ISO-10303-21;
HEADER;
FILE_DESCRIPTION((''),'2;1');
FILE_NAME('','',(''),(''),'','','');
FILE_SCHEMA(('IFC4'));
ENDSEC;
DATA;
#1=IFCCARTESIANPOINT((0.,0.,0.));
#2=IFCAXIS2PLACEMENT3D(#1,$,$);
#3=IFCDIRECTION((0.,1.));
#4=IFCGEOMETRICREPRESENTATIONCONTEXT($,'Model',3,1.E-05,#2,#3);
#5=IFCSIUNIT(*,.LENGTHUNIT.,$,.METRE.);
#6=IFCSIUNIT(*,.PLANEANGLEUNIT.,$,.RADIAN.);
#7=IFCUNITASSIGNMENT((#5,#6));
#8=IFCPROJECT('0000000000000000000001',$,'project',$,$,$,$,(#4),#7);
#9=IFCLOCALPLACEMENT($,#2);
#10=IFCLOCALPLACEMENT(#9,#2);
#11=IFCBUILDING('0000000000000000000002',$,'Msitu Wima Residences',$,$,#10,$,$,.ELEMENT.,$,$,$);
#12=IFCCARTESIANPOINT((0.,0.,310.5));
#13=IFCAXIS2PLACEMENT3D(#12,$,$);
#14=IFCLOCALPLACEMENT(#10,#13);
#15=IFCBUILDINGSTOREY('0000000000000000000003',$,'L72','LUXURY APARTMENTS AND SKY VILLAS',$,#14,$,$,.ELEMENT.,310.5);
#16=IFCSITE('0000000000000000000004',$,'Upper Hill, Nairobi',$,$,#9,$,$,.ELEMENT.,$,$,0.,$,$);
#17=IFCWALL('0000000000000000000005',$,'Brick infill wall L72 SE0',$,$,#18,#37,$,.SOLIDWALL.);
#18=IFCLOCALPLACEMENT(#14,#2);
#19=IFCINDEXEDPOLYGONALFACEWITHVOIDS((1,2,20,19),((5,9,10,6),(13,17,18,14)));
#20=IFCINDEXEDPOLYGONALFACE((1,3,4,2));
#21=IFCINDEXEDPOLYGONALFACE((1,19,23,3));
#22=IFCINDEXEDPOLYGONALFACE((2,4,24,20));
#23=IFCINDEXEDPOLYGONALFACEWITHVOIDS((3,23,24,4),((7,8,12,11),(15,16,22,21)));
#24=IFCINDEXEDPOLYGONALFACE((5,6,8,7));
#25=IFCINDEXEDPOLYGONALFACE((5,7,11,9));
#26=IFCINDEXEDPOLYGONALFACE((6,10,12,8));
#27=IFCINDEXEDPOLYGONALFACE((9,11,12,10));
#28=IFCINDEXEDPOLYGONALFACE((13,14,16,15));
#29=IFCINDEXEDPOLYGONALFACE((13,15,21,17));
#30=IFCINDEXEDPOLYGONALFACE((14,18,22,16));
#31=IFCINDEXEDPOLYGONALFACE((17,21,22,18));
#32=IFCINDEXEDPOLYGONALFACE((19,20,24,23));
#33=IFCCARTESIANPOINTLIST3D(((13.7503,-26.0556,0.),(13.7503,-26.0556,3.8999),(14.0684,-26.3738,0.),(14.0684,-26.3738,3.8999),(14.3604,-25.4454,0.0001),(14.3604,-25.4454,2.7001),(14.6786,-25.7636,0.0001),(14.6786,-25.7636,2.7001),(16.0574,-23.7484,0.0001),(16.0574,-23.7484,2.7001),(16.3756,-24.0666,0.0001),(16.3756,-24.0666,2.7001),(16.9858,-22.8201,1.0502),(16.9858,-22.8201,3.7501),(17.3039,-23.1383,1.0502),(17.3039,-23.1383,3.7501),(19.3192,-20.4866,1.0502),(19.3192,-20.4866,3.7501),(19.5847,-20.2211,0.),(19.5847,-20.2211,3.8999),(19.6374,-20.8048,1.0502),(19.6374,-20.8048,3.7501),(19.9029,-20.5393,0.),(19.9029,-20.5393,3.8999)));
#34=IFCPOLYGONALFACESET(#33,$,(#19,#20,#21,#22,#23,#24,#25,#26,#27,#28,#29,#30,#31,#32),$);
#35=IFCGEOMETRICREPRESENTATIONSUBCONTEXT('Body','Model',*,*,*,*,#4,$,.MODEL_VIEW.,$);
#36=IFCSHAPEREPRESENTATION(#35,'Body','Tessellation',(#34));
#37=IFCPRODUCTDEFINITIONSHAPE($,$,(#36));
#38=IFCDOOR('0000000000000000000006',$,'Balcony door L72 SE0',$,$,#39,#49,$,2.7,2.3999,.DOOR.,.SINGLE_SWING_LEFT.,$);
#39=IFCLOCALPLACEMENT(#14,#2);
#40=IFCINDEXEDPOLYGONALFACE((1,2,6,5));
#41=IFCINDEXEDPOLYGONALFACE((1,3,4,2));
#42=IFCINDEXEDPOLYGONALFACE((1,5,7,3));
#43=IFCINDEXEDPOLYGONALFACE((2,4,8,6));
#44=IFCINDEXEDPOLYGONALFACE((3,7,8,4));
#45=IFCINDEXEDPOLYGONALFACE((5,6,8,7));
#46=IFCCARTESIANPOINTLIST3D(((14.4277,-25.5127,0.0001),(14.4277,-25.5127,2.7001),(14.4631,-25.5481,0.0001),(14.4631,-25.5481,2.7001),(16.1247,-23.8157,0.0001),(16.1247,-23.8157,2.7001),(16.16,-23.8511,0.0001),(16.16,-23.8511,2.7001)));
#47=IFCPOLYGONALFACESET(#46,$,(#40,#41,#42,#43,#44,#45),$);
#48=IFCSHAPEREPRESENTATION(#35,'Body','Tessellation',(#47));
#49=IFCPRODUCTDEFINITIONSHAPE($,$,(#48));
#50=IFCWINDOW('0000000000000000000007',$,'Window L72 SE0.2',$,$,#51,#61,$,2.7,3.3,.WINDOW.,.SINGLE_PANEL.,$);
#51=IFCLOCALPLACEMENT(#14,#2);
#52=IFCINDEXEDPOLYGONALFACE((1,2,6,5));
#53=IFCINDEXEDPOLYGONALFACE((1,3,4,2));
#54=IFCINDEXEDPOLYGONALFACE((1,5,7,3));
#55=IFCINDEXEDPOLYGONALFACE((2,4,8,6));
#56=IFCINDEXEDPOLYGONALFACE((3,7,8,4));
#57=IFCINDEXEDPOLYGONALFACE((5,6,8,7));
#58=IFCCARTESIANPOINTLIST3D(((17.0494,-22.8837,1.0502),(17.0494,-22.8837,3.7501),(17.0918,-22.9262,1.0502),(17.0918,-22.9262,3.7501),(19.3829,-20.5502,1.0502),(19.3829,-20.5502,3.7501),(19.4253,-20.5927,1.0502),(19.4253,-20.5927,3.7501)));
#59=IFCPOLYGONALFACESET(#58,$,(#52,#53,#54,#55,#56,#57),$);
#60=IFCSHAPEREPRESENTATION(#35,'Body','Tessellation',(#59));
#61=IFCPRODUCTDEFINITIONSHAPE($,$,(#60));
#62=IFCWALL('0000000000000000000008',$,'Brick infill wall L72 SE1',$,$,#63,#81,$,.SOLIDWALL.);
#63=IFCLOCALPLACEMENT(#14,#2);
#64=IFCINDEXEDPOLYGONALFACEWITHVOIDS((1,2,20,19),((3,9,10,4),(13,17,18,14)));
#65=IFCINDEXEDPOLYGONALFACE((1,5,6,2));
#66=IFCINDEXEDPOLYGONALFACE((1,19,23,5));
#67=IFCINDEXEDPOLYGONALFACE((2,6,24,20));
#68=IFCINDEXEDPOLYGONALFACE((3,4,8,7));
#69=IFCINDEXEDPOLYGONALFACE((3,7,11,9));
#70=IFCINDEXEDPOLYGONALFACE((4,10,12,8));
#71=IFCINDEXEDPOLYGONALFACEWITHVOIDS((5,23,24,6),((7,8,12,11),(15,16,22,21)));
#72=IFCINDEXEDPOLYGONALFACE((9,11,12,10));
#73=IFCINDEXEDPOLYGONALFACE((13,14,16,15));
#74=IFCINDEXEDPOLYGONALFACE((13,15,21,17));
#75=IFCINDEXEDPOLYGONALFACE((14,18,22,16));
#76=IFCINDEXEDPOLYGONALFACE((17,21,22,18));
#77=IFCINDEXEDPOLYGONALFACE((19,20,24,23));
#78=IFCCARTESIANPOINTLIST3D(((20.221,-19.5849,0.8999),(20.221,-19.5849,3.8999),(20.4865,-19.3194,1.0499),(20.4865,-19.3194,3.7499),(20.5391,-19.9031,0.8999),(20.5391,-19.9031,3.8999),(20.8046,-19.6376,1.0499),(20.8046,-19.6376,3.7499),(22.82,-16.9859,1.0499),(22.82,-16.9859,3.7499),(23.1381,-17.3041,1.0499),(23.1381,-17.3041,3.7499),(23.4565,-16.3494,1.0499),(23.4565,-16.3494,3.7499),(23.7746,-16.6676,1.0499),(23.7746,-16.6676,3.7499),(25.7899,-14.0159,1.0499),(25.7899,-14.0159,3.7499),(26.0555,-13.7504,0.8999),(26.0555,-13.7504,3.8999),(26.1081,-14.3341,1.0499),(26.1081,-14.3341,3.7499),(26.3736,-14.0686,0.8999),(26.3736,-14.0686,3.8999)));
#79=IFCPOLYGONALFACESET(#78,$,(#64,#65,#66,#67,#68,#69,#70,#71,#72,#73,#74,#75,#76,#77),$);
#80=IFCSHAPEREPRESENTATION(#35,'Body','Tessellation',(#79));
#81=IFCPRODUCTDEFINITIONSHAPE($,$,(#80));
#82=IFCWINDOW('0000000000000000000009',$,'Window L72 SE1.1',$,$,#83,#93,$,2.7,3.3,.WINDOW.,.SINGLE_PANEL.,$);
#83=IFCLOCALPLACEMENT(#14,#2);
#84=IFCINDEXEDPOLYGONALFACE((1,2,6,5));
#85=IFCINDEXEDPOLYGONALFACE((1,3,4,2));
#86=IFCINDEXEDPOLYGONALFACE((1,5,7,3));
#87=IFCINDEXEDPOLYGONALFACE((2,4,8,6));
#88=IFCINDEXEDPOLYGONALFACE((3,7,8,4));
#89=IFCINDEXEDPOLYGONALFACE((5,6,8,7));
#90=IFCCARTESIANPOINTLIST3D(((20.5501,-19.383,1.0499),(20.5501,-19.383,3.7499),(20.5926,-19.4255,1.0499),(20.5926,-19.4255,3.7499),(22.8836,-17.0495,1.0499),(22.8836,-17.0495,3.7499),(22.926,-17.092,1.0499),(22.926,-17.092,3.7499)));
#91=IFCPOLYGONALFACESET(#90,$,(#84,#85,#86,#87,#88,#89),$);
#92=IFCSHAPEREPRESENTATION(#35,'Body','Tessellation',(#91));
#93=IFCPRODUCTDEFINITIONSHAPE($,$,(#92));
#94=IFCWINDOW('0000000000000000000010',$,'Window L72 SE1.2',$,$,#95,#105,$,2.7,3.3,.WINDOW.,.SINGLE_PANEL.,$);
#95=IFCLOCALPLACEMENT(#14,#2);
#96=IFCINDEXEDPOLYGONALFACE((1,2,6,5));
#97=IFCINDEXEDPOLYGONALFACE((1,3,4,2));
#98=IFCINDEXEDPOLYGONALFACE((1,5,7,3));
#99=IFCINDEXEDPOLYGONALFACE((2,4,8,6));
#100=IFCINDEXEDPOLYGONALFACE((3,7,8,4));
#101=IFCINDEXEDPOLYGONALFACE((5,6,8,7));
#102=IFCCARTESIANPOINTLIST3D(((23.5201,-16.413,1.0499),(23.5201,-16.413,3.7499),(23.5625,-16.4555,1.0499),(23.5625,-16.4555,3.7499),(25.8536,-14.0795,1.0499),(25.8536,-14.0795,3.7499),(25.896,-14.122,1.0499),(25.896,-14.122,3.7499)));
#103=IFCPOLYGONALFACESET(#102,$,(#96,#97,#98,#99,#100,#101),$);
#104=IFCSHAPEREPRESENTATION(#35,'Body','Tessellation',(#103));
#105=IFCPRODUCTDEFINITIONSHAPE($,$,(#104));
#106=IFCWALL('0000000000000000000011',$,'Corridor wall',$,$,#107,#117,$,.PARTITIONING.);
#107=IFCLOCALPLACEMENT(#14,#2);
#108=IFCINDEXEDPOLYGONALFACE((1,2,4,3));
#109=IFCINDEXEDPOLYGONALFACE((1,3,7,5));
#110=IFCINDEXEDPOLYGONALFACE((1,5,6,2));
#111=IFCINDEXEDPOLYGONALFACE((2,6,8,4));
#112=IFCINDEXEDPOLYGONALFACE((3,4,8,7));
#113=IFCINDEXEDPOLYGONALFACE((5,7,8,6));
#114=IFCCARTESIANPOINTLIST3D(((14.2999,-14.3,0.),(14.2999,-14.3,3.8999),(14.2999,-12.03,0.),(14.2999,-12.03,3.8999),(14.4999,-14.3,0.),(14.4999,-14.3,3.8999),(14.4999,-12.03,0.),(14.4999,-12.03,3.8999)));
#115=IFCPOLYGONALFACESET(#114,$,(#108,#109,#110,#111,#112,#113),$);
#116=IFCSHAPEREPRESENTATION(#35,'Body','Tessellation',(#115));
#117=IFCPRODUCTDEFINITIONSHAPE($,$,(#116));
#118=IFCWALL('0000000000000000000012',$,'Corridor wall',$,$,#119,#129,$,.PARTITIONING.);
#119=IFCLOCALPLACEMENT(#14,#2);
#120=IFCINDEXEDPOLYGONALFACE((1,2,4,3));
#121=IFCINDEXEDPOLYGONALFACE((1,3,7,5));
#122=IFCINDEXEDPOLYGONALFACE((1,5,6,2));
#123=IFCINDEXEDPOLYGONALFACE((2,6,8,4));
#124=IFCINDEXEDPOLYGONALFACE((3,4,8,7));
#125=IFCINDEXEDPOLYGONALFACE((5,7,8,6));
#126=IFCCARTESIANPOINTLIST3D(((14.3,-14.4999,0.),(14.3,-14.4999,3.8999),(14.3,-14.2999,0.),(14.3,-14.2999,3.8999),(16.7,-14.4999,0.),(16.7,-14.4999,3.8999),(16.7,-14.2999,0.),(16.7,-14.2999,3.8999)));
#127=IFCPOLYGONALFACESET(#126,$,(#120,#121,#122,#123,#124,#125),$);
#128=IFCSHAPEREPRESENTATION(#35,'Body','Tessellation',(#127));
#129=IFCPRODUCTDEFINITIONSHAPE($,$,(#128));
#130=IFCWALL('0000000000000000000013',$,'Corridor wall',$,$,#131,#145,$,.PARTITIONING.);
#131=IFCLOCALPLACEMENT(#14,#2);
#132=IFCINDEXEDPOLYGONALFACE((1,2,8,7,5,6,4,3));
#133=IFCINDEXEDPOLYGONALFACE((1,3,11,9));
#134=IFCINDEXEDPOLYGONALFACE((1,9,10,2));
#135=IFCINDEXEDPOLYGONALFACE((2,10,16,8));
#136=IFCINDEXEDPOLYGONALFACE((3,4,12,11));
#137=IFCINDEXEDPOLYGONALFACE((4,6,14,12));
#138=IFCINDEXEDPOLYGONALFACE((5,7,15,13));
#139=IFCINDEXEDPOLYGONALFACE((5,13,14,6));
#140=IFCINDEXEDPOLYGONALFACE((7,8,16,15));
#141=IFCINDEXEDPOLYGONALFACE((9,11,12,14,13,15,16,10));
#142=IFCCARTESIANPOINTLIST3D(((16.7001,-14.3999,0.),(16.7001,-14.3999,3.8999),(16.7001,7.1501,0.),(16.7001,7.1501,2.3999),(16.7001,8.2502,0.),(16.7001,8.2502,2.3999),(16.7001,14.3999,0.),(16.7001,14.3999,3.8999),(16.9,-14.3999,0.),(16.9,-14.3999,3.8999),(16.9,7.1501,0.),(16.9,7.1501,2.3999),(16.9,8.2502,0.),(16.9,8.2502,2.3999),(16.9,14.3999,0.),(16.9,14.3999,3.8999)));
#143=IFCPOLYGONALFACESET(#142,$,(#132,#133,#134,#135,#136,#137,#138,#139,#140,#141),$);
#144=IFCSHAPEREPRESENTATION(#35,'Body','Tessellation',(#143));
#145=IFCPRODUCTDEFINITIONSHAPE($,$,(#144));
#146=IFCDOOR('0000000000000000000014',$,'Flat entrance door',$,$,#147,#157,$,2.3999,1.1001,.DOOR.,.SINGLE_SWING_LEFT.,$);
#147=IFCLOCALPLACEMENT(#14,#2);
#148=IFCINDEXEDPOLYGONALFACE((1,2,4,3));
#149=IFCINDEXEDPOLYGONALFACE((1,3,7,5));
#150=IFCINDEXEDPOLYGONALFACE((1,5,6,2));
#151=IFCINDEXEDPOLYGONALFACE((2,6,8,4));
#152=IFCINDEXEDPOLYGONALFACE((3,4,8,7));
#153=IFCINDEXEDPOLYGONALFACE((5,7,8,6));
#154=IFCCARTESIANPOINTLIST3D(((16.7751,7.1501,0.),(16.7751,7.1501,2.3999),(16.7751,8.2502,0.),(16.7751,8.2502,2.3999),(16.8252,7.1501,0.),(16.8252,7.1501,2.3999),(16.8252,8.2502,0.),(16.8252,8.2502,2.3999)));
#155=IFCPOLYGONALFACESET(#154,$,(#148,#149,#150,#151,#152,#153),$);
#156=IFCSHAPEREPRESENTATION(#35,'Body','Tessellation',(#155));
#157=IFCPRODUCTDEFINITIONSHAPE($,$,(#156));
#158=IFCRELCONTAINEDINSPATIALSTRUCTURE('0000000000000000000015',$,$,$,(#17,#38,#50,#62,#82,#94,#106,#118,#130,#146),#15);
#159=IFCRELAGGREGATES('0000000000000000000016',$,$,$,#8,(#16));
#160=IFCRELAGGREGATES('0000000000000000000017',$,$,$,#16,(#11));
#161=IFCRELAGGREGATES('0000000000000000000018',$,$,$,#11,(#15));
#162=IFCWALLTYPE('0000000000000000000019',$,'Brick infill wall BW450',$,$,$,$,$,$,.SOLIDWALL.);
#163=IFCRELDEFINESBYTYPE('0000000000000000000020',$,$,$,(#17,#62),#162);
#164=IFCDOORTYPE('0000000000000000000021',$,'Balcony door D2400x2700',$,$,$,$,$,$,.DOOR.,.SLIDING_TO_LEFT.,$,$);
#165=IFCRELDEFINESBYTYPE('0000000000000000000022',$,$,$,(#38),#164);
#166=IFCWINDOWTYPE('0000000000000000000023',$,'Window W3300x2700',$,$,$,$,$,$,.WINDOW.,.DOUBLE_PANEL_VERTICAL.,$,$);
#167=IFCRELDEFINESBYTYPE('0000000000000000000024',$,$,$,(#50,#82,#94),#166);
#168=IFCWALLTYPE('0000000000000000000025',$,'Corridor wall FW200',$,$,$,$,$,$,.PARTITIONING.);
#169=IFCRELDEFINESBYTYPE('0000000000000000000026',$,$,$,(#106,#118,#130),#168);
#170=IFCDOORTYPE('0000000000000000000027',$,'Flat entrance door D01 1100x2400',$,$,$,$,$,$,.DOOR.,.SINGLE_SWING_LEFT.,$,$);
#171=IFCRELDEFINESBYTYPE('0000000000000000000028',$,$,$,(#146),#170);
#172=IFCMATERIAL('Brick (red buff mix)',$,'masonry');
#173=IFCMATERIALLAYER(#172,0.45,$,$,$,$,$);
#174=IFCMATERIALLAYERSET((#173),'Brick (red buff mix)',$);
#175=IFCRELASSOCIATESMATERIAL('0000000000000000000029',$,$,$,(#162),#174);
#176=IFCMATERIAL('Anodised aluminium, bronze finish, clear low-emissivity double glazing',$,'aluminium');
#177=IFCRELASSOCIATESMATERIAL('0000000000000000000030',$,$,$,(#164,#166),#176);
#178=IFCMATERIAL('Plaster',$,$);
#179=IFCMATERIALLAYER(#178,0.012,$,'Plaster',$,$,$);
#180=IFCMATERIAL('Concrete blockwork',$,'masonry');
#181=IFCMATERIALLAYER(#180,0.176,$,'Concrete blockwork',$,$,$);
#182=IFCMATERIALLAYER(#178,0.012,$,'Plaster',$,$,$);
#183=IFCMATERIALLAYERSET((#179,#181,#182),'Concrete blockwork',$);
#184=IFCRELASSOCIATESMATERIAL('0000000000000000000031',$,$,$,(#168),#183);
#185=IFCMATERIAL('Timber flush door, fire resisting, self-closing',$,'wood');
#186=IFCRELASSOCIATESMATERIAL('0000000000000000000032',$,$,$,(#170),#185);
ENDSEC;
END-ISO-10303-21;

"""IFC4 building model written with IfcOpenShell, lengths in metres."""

from ifc_helpers import new_model, si_unit, direction, frame, frame_2d, origin, place, context, subcontext, project, spatial, rectangle, extrude, material, layer, layer_set, type_object, element, fill, save


model = new_model("IFC4")

# Units and contexts
model_context = context("Model", 3, precision=1e-05, world=origin(), true_north=direction((0.0, 1.0)))
body_context = subcontext(model_context, "Body", "Model", "MODEL_VIEW")
ifc_project = project(units=[si_unit("LENGTHUNIT", "METRE"), si_unit("PLANEANGLEUNIT", "RADIAN")], contexts=[model_context])

# Site, building, storey
site_placement = place(None, origin())
site = spatial("IfcSite", under=ifc_project, at=site_placement, Name="Upper Hill, Nairobi", CompositionType="ELEMENT", RefElevation=0.0)
building_placement = place(site_placement, origin())
building = spatial("IfcBuilding", under=site, at=building_placement, Name="Msitu Wima Residences", CompositionType="ELEMENT")
storey_placement = place(building_placement, frame((0.0, 0.0, 310.5)))
storey = spatial("IfcBuildingStorey", under=building, at=storey_placement, Name="L72", Description="LUXURY APARTMENTS AND SKY VILLAS", CompositionType="ELEMENT", Elevation=310.5)

# Wall, openings, door, window
ifc_material_1 = material(Name="Brick (red buff mix)", Category="masonry")
ifc_layer_1 = layer(ifc_material_1, 0.45)
ifc_layer_set_1 = layer_set([ifc_layer_1], Name="Brick (red buff mix)")
wall_type_1 = type_object("IfcWallType", Name="Brick infill wall BW450", PredefinedType="SOLIDWALL", material=ifc_layer_set_1)
wall_1_placement = place(storey_placement, frame((13.9094, -26.2146, 0.0), z_axis=(0.0, 0.0, 1.0), x_axis=(0.707107, 0.707107, 0.0)))
wall_1 = element("IfcWall", 1, at=wall_1_placement, inside=storey, type_object=wall_type_1, Name="Brick infill wall L72 SE0", PredefinedType="SOLIDWALL", context=body_context, shape_type="SweptSolid", body=[
    extrude(rectangle(XDim=8.2512, YDim=0.45, at=frame_2d((4.1255, 0.0))), origin(), (0.0, 0.0, 1.0), 3.8999),
])
opening_1_placement = place(wall_1_placement, frame((0.8628, 0.0, 0.0)))
opening_1 = element("IfcOpeningElement", 2, at=opening_1_placement, cuts=wall_1, PredefinedType="OPENING", context=body_context, shape_type="SweptSolid", body=[
    extrude(rectangle(XDim=2.3999, YDim=2.7, at=frame_2d((1.2, 1.3501))), frame((0.0, 0.2349, 0.0), z_axis=(0.0, -1.0, 0.0), x_axis=(1.0, 0.0, 0.0)), (0.0, 0.0, 1.0), 0.47),
])
opening_2_placement = place(wall_1_placement, frame((4.5757, 0.0, 1.05)))
opening_2 = element("IfcOpeningElement", 3, at=opening_2_placement, cuts=wall_1, PredefinedType="OPENING", context=body_context, shape_type="SweptSolid", body=[
    extrude(rectangle(XDim=3.3, YDim=2.7, at=frame_2d((1.6499, 1.3501))), frame((0.0, 0.2349, 0.0), z_axis=(0.0, -1.0, 0.0), x_axis=(1.0, 0.0, 0.0)), (0.0, 0.0, 1.0), 0.47),
])
ifc_material_2 = material(Name="Anodised aluminium, bronze finish, clear low-emissivity double glazing", Category="aluminium")
door_type_1 = type_object("IfcDoorType", Name="Balcony door D2400x2700", OperationType="SLIDING_TO_LEFT", PredefinedType="DOOR", material=ifc_material_2)
door_1_placement = place(opening_1_placement, origin())
door_1 = element("IfcDoor", 4, at=door_1_placement, inside=storey, type_object=door_type_1, Name="Balcony door L72 SE0", OperationType="SINGLE_SWING_LEFT", OverallHeight=2.7, OverallWidth=2.3999, PredefinedType="DOOR", context=body_context, shape_type="SweptSolid", body=[
    extrude(rectangle(XDim=2.3999, YDim=2.7, at=frame_2d((1.2, 1.3501))), frame((0.0, 0.1299, 0.0), z_axis=(0.0, -1.0, 0.0), x_axis=(1.0, 0.0, 0.0)), (0.0, 0.0, 1.0), 0.05),
])
fill(opening_1, door_1)
window_type = type_object("IfcWindowType", Name="Window W3300x2700", PartitioningType="DOUBLE_PANEL_VERTICAL", PredefinedType="WINDOW", material=ifc_material_2)
window_1_placement = place(opening_2_placement, origin())
window_1 = element("IfcWindow", 5, at=window_1_placement, inside=storey, type_object=window_type, Name="Window L72 SE0.2", OverallHeight=2.7, OverallWidth=3.3, PartitioningType="SINGLE_PANEL", PredefinedType="WINDOW", context=body_context, shape_type="SweptSolid", body=[
    extrude(rectangle(XDim=3.3, YDim=2.7, at=frame_2d((1.6499, 1.3501))), frame((0.0, 0.135, 0.0), z_axis=(0.0, -1.0, 0.0), x_axis=(1.0, 0.0, 0.0)), (0.0, 0.0, 1.0), 0.0601),
])
fill(opening_2, window_1)

# Wall, openings, windows
wall_2_placement = place(storey_placement, frame((20.3801, -19.7439, 0.8999), z_axis=(0.0, 0.0, 1.0), x_axis=(0.707107, 0.707107, 0.0)))
wall_2 = element("IfcWall", 6, at=wall_2_placement, inside=storey, type_object=wall_type_1, Name="Brick infill wall L72 SE1", PredefinedType="SOLIDWALL", context=body_context, shape_type="SweptSolid", body=[
    extrude(rectangle(XDim=8.2512, YDim=0.45, at=frame_2d((4.1255, 0.0))), origin(), (0.0, 0.0, 1.0), 3.0),
])
opening_3_placement = place(wall_2_placement, frame((0.3755, 0.0, 0.1499)))
opening_3 = element("IfcOpeningElement", 7, at=opening_3_placement, cuts=wall_2, PredefinedType="OPENING", context=body_context, shape_type="SweptSolid", body=[
    extrude(rectangle(XDim=3.3, YDim=2.7, at=frame_2d((1.6499, 1.3501))), frame((0.0, 0.2349, 0.0), z_axis=(0.0, -1.0, 0.0), x_axis=(1.0, 0.0, 0.0)), (0.0, 0.0, 1.0), 0.47),
])
opening_4_placement = place(wall_2_placement, frame((4.5757, 0.0, 0.1499)))
opening_4 = element("IfcOpeningElement", 8, at=opening_4_placement, cuts=wall_2, PredefinedType="OPENING", context=body_context, shape_type="SweptSolid", body=[
    extrude(rectangle(XDim=3.3, YDim=2.7, at=frame_2d((1.6499, 1.3501))), frame((0.0, 0.2349, 0.0), z_axis=(0.0, -1.0, 0.0), x_axis=(1.0, 0.0, 0.0)), (0.0, 0.0, 1.0), 0.47),
])
window_2_placement = place(opening_3_placement, origin())
window_2 = element("IfcWindow", 9, at=window_2_placement, inside=storey, type_object=window_type, Name="Window L72 SE1.1", OverallHeight=2.7, OverallWidth=3.3, PartitioningType="SINGLE_PANEL", PredefinedType="WINDOW", context=body_context, shape_type="SweptSolid", body=[
    extrude(rectangle(XDim=3.3, YDim=2.7, at=frame_2d((1.6499, 1.3501))), frame((0.0, 0.135, 0.0), z_axis=(0.0, -1.0, 0.0), x_axis=(1.0, 0.0, 0.0)), (0.0, 0.0, 1.0), 0.0601),
])
fill(opening_3, window_2)
window_3_placement = place(opening_4_placement, origin())
window_3 = element("IfcWindow", 10, at=window_3_placement, inside=storey, type_object=window_type, Name="Window L72 SE1.2", OverallHeight=2.7, OverallWidth=3.3, PartitioningType="SINGLE_PANEL", PredefinedType="WINDOW", context=body_context, shape_type="SweptSolid", body=[
    extrude(rectangle(XDim=3.3, YDim=2.7, at=frame_2d((1.6499, 1.3501))), frame((0.0, 0.135, 0.0), z_axis=(0.0, -1.0, 0.0), x_axis=(1.0, 0.0, 0.0)), (0.0, 0.0, 1.0), 0.0601),
])
fill(opening_4, window_3)

# Walls
ifc_material_3 = material(Name="Plaster")
ifc_layer_2 = layer(ifc_material_3, 0.012, Name="Plaster")
ifc_material_4 = material(Name="Concrete blockwork", Category="masonry")
ifc_layer_3 = layer(ifc_material_4, 0.176, Name="Concrete blockwork")
ifc_layer_4 = layer(ifc_material_3, 0.012, Name="Plaster")
ifc_layer_set_2 = layer_set([ifc_layer_2, ifc_layer_3, ifc_layer_4], Name="Concrete blockwork")
wall_type_2 = type_object("IfcWallType", Name="Corridor wall FW200", PredefinedType="PARTITIONING", material=ifc_layer_set_2)
wall_3_placement = place(storey_placement, frame((14.3999, -14.3, 0.0), z_axis=(0.0, 0.0, 1.0), x_axis=(0.0, 1.0, 0.0)))
element("IfcWall", 11, at=wall_3_placement, inside=storey, type_object=wall_type_2, Name="Corridor wall", PredefinedType="PARTITIONING", context=body_context, shape_type="SweptSolid", body=[
    extrude(rectangle(XDim=2.27, YDim=0.2, at=frame_2d((1.135, 0.0))), origin(), (0.0, 0.0, 1.0), 3.8999),
])
wall_4_placement = place(storey_placement, frame((14.3, -14.3999, 0.0), z_axis=(0.0, 0.0, 1.0), x_axis=(1.0, 0.0, 0.0)))
element("IfcWall", 12, at=wall_4_placement, inside=storey, type_object=wall_type_2, Name="Corridor wall", PredefinedType="PARTITIONING", context=body_context, shape_type="SweptSolid", body=[
    extrude(rectangle(XDim=2.3999, YDim=0.2, at=frame_2d((1.2, 0.0))), origin(), (0.0, 0.0, 1.0), 3.8999),
])

# Wall, opening, door
wall_5_placement = place(storey_placement, frame((16.8, -14.3999, 0.0), z_axis=(0.0, 0.0, 1.0), x_axis=(0.0, 1.0, 0.0)))
wall_5 = element("IfcWall", 13, at=wall_5_placement, inside=storey, type_object=wall_type_2, Name="Corridor wall", PredefinedType="PARTITIONING", context=body_context, shape_type="SweptSolid", body=[
    extrude(rectangle(XDim=28.7998, YDim=0.2, at=frame_2d((14.3999, 0.0))), origin(), (0.0, 0.0, 1.0), 3.8999),
])
opening_5_placement = place(wall_5_placement, frame((21.55, 0.0, 0.0)))
opening_5 = element("IfcOpeningElement", 14, at=opening_5_placement, cuts=wall_5, PredefinedType="OPENING", context=body_context, shape_type="SweptSolid", body=[
    extrude(rectangle(XDim=1.1001, YDim=2.3999, at=frame_2d((0.55, 1.2))), frame((0.0, 0.1099, 0.0), z_axis=(0.0, -1.0, 0.0), x_axis=(1.0, 0.0, 0.0)), (0.0, 0.0, 1.0), 0.22),
])
ifc_material_5 = material(Name="Timber flush door, fire resisting, self-closing", Category="wood")
door_type_2 = type_object("IfcDoorType", Name="Flat entrance door D01 1100x2400", OperationType="SINGLE_SWING_LEFT", PredefinedType="DOOR", material=ifc_material_5)
door_2_placement = place(opening_5_placement, origin())
door_2 = element("IfcDoor", 15, at=door_2_placement, inside=storey, type_object=door_type_2, Name="Flat entrance door", OperationType="SINGLE_SWING_LEFT", OverallHeight=2.3999, OverallWidth=1.1001, PredefinedType="DOOR", context=body_context, shape_type="SweptSolid", body=[
    extrude(rectangle(XDim=1.1001, YDim=2.3999, at=frame_2d((0.55, 1.2))), frame((0.0, 0.0249, 0.0), z_axis=(0.0, -1.0, 0.0), x_axis=(1.0, 0.0, 0.0)), (0.0, 0.0, 1.0), 0.05),
])
fill(opening_5, door_2)

save(model, "model.ifc")
